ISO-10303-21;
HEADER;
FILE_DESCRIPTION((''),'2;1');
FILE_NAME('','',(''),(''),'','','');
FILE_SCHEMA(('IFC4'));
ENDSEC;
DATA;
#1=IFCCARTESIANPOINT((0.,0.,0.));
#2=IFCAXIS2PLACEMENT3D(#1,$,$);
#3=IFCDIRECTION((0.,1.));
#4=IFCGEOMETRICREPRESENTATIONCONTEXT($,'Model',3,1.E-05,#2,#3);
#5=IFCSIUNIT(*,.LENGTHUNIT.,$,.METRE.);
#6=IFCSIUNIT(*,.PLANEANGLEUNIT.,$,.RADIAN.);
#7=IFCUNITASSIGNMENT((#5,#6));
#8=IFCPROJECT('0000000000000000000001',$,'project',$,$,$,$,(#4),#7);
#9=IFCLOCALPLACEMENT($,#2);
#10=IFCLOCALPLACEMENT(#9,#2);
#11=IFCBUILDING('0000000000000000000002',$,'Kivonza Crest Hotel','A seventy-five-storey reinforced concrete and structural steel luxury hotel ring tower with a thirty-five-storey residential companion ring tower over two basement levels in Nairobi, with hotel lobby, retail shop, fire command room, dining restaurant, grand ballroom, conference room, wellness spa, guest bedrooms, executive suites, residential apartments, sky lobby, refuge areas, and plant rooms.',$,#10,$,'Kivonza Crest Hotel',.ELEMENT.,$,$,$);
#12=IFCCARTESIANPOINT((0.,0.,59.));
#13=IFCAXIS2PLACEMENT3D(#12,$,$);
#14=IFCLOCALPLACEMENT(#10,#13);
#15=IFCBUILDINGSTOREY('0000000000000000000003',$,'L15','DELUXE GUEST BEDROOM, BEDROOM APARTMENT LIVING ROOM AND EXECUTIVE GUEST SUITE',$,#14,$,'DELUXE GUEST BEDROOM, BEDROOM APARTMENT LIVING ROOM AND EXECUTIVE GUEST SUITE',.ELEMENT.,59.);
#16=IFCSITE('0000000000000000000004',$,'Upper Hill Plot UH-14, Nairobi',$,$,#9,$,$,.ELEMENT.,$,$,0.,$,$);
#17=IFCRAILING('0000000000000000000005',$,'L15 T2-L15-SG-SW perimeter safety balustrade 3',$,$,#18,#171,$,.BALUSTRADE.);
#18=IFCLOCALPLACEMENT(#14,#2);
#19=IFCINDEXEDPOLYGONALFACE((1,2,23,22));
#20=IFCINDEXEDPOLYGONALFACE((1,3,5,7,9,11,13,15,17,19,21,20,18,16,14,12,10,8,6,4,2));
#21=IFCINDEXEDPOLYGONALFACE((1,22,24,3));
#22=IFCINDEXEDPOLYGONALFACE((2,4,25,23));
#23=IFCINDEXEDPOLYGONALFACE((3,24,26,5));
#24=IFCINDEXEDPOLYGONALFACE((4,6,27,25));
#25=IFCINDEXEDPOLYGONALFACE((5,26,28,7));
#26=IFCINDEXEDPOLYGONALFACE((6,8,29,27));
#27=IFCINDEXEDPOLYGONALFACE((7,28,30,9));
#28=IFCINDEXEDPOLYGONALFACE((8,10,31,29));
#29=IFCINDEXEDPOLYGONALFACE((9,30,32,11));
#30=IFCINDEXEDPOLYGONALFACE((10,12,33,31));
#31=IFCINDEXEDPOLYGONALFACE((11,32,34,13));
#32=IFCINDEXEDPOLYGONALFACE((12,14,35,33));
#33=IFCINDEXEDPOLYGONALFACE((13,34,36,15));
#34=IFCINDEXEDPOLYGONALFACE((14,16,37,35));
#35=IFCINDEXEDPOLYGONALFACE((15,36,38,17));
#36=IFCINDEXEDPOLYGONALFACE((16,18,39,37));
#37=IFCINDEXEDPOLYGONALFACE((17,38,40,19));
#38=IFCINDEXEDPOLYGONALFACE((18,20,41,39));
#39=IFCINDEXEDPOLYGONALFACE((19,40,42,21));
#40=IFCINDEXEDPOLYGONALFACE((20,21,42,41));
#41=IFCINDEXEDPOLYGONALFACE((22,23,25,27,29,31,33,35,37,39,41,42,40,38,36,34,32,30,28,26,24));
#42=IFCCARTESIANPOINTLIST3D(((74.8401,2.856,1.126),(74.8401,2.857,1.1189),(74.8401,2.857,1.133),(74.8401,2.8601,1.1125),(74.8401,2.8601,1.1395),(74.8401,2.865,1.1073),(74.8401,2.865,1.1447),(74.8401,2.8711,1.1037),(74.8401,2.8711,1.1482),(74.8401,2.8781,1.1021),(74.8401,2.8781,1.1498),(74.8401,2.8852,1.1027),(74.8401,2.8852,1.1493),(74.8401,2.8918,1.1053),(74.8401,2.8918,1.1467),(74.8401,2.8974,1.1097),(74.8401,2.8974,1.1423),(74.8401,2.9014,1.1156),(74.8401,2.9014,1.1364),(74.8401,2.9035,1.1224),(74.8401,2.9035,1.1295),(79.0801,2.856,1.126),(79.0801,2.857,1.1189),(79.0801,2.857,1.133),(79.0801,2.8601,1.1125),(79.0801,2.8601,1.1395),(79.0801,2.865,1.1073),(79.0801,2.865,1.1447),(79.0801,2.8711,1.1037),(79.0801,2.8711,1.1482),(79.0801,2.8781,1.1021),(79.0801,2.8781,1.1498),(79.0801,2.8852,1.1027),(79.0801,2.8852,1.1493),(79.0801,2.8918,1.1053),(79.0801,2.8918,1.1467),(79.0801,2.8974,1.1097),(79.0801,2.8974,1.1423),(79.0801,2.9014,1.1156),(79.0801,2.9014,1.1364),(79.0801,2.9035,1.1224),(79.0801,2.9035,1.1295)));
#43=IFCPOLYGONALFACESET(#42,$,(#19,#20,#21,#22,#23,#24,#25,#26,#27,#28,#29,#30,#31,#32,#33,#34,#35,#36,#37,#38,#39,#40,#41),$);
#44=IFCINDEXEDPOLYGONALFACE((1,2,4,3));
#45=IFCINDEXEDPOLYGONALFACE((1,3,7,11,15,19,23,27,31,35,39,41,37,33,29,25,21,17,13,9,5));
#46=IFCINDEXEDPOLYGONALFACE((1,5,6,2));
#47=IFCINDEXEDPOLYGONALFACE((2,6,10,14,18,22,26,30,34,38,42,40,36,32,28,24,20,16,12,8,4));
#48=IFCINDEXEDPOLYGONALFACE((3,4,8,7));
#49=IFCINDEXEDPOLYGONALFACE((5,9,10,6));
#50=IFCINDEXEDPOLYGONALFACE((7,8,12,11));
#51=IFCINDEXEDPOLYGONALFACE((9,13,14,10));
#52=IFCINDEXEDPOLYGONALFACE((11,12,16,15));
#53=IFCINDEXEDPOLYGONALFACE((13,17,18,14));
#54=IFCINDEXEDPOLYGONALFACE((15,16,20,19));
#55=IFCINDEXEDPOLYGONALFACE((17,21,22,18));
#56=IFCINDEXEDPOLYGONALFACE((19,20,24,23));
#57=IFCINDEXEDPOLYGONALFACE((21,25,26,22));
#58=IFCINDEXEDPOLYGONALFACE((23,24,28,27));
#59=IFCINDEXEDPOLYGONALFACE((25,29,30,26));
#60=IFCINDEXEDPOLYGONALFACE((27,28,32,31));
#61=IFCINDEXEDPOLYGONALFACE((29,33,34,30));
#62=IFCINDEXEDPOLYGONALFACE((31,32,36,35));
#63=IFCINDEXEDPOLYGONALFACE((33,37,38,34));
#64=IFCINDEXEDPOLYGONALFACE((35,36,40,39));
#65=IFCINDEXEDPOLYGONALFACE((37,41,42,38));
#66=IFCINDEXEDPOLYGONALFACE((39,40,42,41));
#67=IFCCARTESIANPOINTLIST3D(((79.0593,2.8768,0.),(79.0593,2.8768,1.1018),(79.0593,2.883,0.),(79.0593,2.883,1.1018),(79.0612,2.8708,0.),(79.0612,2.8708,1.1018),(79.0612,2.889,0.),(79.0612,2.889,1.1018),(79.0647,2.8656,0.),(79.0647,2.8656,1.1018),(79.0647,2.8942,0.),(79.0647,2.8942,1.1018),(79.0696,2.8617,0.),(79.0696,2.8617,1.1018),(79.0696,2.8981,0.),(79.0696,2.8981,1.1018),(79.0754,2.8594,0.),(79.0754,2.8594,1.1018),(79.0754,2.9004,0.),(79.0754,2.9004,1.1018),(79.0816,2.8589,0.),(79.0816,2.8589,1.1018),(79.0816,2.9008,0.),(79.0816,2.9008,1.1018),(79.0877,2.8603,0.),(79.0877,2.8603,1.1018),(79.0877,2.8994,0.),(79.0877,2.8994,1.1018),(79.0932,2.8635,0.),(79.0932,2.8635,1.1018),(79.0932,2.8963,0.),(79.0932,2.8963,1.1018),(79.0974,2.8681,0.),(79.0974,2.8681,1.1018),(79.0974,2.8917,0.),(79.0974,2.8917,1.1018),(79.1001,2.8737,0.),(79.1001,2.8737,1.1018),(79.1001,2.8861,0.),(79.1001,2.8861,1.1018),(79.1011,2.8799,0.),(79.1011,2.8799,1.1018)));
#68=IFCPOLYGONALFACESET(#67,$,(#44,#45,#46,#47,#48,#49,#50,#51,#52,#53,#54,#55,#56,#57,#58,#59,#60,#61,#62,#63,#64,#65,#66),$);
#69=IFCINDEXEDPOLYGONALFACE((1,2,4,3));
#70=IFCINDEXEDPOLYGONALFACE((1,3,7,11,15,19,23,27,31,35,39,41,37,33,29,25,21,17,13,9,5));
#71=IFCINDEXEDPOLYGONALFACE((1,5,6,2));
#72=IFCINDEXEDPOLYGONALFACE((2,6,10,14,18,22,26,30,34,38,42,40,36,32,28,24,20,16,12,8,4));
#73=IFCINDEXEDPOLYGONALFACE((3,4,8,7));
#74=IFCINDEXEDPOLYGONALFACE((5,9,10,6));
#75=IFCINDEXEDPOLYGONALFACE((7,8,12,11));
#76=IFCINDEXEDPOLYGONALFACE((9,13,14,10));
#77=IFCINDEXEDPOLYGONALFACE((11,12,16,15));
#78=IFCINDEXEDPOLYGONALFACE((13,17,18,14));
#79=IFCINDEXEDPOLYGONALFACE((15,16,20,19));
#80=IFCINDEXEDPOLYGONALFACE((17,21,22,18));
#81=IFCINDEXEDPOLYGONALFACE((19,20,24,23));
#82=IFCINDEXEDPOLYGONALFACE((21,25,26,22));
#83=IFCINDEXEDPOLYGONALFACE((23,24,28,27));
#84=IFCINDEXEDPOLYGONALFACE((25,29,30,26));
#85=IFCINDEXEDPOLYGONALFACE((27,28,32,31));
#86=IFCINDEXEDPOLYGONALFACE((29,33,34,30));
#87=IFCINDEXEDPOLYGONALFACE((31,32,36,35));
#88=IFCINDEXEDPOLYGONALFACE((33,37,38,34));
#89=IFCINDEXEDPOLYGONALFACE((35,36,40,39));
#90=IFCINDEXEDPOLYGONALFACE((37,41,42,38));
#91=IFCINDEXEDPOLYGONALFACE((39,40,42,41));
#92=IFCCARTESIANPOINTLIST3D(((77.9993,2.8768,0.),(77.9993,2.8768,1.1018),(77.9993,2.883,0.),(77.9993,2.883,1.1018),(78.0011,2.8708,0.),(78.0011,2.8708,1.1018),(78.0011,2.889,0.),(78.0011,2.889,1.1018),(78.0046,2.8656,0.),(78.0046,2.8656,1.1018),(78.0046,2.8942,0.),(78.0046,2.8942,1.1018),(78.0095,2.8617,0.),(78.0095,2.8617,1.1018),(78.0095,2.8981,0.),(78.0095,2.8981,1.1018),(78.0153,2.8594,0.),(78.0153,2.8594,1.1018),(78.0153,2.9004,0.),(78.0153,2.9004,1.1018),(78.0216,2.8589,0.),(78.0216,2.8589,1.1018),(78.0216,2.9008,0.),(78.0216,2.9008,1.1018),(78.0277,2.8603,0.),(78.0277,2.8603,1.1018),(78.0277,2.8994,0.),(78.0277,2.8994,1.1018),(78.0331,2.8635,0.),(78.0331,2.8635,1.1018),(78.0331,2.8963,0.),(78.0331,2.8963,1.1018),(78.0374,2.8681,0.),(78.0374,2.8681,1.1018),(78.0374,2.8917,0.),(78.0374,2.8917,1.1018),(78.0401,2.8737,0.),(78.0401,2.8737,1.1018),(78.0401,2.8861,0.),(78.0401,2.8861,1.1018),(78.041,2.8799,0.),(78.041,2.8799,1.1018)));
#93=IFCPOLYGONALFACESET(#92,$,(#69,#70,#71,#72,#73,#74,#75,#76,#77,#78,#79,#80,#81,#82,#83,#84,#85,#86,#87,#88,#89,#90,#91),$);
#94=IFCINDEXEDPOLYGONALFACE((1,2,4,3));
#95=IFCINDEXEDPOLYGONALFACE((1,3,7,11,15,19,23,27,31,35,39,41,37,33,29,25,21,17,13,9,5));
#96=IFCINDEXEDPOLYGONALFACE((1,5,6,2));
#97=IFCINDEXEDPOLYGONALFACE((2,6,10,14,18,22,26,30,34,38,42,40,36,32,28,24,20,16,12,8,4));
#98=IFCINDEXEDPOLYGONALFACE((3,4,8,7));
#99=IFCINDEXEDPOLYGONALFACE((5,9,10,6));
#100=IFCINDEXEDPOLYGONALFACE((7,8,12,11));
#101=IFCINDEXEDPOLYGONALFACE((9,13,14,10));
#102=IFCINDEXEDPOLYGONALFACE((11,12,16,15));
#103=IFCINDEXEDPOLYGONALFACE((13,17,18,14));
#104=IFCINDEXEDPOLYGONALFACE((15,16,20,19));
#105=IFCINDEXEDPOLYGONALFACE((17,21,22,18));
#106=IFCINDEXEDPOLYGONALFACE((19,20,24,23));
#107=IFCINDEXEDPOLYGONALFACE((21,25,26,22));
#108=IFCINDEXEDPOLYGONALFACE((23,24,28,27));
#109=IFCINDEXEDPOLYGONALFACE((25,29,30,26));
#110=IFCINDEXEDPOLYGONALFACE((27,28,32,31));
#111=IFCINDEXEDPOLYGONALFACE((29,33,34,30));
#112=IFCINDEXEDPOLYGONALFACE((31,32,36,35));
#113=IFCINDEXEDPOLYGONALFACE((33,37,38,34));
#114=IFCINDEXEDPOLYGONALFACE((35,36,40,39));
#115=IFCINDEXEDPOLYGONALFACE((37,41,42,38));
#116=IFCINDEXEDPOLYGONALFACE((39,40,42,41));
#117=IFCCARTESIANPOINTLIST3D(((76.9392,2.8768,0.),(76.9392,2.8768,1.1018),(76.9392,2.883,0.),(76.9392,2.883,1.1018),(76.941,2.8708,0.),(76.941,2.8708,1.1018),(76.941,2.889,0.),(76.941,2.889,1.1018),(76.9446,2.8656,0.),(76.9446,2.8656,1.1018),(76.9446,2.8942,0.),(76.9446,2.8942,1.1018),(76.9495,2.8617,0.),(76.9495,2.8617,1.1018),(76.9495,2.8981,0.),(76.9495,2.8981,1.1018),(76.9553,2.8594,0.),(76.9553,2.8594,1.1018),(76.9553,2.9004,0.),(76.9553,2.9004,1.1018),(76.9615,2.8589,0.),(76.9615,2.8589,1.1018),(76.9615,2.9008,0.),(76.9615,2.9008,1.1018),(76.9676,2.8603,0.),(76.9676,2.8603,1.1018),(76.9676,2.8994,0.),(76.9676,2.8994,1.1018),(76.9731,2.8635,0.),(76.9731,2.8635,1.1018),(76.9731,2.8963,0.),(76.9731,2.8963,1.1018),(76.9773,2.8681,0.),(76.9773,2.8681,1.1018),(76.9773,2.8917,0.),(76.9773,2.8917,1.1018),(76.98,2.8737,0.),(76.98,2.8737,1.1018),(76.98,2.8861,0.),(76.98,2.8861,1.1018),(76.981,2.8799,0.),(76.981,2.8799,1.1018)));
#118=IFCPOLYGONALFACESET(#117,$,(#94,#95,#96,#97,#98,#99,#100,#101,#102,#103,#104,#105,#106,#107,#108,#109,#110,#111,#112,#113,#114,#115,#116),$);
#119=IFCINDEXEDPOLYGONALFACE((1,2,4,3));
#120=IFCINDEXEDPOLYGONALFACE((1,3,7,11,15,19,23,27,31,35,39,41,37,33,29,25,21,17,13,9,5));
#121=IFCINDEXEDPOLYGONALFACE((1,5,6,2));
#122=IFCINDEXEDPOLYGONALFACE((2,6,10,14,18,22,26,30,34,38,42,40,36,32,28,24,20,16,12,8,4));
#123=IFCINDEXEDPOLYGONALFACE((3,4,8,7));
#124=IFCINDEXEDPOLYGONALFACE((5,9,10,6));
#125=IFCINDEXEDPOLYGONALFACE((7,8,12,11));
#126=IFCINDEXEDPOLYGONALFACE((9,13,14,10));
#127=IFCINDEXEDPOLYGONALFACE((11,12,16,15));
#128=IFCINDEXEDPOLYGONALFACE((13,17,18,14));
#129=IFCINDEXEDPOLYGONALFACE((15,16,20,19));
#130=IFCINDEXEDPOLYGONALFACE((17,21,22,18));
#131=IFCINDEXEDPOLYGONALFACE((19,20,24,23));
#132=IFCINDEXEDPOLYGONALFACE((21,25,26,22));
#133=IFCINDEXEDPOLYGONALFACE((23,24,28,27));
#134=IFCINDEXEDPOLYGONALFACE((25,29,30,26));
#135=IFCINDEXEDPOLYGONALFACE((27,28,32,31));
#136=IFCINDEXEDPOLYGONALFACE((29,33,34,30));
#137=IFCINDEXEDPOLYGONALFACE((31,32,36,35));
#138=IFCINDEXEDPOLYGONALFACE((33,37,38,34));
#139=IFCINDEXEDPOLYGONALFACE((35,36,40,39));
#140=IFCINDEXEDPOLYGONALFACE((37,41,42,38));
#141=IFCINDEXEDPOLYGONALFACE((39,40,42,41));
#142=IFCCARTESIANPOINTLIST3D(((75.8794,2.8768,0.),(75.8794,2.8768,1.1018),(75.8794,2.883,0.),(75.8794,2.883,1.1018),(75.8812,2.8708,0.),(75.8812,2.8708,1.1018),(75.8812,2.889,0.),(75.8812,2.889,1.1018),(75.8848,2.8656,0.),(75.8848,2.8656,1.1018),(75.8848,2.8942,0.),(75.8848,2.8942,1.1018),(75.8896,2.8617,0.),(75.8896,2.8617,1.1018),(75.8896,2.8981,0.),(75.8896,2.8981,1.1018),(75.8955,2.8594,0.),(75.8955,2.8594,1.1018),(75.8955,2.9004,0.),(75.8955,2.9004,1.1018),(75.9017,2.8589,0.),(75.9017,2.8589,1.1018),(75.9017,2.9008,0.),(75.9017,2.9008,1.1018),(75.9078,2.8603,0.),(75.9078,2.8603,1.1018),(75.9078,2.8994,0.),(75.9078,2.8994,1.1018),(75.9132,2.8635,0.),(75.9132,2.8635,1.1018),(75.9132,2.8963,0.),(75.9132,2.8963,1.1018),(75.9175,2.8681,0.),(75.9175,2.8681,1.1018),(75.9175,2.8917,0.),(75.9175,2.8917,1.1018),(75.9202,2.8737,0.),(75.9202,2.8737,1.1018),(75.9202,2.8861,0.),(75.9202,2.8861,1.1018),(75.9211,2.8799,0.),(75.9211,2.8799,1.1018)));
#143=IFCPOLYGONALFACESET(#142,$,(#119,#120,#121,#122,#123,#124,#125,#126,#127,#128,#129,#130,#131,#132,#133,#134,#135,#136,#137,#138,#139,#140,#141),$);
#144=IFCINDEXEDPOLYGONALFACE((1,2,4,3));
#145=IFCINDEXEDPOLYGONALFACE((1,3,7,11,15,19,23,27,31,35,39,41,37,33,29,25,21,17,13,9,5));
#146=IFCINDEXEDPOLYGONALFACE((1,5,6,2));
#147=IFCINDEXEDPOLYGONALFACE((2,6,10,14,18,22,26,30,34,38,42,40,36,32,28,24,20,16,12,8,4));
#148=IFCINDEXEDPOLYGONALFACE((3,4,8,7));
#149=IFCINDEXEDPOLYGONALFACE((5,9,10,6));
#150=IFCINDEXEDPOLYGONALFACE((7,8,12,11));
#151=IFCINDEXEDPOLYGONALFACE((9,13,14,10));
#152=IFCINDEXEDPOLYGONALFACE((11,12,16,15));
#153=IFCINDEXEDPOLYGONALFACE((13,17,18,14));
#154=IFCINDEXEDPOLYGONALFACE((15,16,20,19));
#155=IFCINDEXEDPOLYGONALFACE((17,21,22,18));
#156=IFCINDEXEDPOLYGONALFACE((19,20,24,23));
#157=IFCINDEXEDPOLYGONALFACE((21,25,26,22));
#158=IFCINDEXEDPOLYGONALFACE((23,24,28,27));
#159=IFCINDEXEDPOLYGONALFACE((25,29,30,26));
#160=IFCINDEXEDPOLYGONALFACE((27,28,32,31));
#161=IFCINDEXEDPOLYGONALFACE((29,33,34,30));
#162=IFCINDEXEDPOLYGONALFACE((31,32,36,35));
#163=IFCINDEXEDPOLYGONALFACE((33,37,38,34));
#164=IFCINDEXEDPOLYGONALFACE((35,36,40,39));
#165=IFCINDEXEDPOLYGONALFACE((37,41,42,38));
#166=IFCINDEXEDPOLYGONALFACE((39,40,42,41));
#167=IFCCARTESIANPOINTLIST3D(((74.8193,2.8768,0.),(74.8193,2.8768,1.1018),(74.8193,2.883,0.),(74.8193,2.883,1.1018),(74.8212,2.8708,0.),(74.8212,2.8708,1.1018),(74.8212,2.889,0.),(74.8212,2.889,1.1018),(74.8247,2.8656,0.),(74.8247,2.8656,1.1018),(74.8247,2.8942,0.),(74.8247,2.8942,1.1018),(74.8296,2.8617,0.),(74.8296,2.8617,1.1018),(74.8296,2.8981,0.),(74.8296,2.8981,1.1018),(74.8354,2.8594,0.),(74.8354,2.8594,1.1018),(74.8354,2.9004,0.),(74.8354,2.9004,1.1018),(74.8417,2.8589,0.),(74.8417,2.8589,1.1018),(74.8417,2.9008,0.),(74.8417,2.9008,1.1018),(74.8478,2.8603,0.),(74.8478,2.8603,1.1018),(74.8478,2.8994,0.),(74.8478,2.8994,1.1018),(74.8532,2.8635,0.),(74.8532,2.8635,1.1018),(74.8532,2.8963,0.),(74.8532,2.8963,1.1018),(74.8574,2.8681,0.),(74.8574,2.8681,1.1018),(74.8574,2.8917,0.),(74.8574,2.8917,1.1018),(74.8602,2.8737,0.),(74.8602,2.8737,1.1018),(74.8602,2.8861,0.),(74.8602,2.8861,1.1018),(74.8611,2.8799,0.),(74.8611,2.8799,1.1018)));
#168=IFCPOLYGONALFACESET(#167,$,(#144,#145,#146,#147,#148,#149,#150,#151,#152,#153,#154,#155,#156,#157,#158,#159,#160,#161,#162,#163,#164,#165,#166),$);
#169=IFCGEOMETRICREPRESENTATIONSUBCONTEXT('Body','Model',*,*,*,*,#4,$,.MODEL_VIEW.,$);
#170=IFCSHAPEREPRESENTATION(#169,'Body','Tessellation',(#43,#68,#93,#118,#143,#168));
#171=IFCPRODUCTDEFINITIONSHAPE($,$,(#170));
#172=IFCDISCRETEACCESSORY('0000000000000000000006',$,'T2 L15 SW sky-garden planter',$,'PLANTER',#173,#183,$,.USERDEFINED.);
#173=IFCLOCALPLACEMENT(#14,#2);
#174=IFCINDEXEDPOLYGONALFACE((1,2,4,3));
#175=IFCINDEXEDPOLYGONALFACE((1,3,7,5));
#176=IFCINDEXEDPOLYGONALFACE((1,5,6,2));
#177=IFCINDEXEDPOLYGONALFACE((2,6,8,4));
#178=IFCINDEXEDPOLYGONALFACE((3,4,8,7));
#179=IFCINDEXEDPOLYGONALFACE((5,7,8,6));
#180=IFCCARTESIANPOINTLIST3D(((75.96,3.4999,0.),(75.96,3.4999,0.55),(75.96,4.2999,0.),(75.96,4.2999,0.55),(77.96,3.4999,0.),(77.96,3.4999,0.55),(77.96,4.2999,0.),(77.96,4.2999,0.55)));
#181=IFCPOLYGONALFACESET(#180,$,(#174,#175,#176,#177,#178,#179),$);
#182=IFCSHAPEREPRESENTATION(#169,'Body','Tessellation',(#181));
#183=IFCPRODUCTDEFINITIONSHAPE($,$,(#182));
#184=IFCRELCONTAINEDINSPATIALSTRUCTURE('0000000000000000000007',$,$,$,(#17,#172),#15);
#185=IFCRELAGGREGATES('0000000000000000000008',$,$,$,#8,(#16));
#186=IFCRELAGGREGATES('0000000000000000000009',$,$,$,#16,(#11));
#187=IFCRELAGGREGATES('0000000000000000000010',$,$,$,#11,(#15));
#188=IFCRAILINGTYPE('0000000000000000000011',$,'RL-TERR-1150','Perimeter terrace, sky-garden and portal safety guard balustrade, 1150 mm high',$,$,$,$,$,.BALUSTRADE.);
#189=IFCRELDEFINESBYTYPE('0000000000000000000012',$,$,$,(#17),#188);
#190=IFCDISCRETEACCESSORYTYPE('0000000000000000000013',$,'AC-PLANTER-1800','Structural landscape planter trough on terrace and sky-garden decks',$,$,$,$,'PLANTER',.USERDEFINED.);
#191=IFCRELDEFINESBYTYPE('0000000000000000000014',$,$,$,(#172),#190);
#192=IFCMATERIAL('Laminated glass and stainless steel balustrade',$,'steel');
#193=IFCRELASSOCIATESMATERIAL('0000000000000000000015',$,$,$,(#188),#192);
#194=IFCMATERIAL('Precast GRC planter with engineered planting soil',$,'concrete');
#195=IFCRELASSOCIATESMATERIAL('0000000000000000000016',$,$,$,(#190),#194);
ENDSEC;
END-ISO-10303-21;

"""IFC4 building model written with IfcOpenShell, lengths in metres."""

from ifc_helpers import new_model, si_unit, direction, frame, origin, origin_2d, place, context, subcontext, project, spatial, rectangle, circle, extrude, material, type_object, element, save


model = new_model("IFC4")

# Units and contexts
model_context = context("Model", 3, precision=1e-05, world=origin(), true_north=direction((0.0, 1.0)))
body_context = subcontext(model_context, "Body", "Model", "MODEL_VIEW")
ifc_project = project(units=[si_unit("LENGTHUNIT", "METRE"), si_unit("PLANEANGLEUNIT", "RADIAN")], contexts=[model_context])

# Site, building, storey
site_placement = place(None, origin())
site = spatial("IfcSite", under=ifc_project, at=site_placement, Name="Upper Hill Plot UH-14, Nairobi", CompositionType="ELEMENT", RefElevation=0.0)
building_placement = place(site_placement, origin())
building = spatial("IfcBuilding", under=site, at=building_placement, Name="Kivonza Crest Hotel", Description="A seventy-five-storey reinforced concrete and structural steel luxury hotel ring tower with a thirty-five-storey residential companion ring tower over two basement levels in Nairobi, with hotel lobby, retail shop, fire command room, dining restaurant, grand ballroom, conference room, wellness spa, guest bedrooms, executive suites, residential apartments, sky lobby, refuge areas, and plant rooms.", LongName="Kivonza Crest Hotel", CompositionType="ELEMENT")
storey_placement = place(building_placement, frame((0.0, 0.0, 59.0)))
storey = spatial("IfcBuildingStorey", under=building, at=storey_placement, Name="L15", Description="DELUXE GUEST BEDROOM, BEDROOM APARTMENT LIVING ROOM AND EXECUTIVE GUEST SUITE", LongName="DELUXE GUEST BEDROOM, BEDROOM APARTMENT LIVING ROOM AND EXECUTIVE GUEST SUITE", CompositionType="ELEMENT", Elevation=59.0)

# Railing
ifc_material_1 = material(Name="Laminated glass and stainless steel balustrade", Category="steel")
railing_type = type_object("IfcRailingType", Name="RL-TERR-1150", Description="Perimeter terrace, sky-garden and portal safety guard balustrade, 1150 mm high", PredefinedType="BALUSTRADE", material=ifc_material_1)
railing_1_placement = place(storey_placement, frame((79.0801, 2.8799, 0.0)))
element("IfcRailing", 1, at=railing_1_placement, inside=storey, type_object=railing_type, Name="L15 T2-L15-SG-SW perimeter safety balustrade 3", PredefinedType="BALUSTRADE", context=body_context, shape_type="SweptSolid", body=[
    extrude(circle(Radius=0.0239, at=origin_2d()), frame((0.0, 0.0, 1.126), z_axis=(-1.0, 0.0, 0.0), x_axis=(0.0, -1.0, 0.0)), (0.0, 0.0, 1.0), 4.24),
    extrude(circle(Radius=0.021, at=origin_2d()), origin(), (0.0, 0.0, 1.0), 1.1018),
    extrude(circle(Radius=0.021, at=origin_2d()), frame((-1.0601, 0.0, 0.0)), (0.0, 0.0, 1.0), 1.1018),
    extrude(circle(Radius=0.021, at=origin_2d()), frame((-2.1201, 0.0, 0.0)), (0.0, 0.0, 1.0), 1.1018),
    extrude(circle(Radius=0.021, at=origin_2d()), frame((-3.1799, 0.0, 0.0)), (0.0, 0.0, 1.0), 1.1018),
    extrude(circle(Radius=0.021, at=origin_2d()), frame((-4.24, 0.0, 0.0)), (0.0, 0.0, 1.0), 1.1018),
])

# Discrete accessory
ifc_material_2 = material(Name="Precast GRC planter with engineered planting soil", Category="concrete")
discrete_accessory_type = type_object("IfcDiscreteAccessoryType", Name="AC-PLANTER-1800", Description="Structural landscape planter trough on terrace and sky-garden decks", ElementType="PLANTER", PredefinedType="USERDEFINED", material=ifc_material_2)
discrete_accessory_placement = place(storey_placement, frame((76.96, 3.8999, 0.0), z_axis=(0.0, 0.0, 1.0), x_axis=(1.0, 0.0, 0.0)))
element("IfcDiscreteAccessory", 2, at=discrete_accessory_placement, inside=storey, type_object=discrete_accessory_type, Name="T2 L15 SW sky-garden planter", ObjectType="PLANTER", PredefinedType="USERDEFINED", context=body_context, shape_type="SweptSolid", body=[
    extrude(rectangle(XDim=2.0, YDim=0.8, at=origin_2d()), origin(), (0.0, 0.0, 1.0), 0.55),
])

save(model, "model.ifc")
